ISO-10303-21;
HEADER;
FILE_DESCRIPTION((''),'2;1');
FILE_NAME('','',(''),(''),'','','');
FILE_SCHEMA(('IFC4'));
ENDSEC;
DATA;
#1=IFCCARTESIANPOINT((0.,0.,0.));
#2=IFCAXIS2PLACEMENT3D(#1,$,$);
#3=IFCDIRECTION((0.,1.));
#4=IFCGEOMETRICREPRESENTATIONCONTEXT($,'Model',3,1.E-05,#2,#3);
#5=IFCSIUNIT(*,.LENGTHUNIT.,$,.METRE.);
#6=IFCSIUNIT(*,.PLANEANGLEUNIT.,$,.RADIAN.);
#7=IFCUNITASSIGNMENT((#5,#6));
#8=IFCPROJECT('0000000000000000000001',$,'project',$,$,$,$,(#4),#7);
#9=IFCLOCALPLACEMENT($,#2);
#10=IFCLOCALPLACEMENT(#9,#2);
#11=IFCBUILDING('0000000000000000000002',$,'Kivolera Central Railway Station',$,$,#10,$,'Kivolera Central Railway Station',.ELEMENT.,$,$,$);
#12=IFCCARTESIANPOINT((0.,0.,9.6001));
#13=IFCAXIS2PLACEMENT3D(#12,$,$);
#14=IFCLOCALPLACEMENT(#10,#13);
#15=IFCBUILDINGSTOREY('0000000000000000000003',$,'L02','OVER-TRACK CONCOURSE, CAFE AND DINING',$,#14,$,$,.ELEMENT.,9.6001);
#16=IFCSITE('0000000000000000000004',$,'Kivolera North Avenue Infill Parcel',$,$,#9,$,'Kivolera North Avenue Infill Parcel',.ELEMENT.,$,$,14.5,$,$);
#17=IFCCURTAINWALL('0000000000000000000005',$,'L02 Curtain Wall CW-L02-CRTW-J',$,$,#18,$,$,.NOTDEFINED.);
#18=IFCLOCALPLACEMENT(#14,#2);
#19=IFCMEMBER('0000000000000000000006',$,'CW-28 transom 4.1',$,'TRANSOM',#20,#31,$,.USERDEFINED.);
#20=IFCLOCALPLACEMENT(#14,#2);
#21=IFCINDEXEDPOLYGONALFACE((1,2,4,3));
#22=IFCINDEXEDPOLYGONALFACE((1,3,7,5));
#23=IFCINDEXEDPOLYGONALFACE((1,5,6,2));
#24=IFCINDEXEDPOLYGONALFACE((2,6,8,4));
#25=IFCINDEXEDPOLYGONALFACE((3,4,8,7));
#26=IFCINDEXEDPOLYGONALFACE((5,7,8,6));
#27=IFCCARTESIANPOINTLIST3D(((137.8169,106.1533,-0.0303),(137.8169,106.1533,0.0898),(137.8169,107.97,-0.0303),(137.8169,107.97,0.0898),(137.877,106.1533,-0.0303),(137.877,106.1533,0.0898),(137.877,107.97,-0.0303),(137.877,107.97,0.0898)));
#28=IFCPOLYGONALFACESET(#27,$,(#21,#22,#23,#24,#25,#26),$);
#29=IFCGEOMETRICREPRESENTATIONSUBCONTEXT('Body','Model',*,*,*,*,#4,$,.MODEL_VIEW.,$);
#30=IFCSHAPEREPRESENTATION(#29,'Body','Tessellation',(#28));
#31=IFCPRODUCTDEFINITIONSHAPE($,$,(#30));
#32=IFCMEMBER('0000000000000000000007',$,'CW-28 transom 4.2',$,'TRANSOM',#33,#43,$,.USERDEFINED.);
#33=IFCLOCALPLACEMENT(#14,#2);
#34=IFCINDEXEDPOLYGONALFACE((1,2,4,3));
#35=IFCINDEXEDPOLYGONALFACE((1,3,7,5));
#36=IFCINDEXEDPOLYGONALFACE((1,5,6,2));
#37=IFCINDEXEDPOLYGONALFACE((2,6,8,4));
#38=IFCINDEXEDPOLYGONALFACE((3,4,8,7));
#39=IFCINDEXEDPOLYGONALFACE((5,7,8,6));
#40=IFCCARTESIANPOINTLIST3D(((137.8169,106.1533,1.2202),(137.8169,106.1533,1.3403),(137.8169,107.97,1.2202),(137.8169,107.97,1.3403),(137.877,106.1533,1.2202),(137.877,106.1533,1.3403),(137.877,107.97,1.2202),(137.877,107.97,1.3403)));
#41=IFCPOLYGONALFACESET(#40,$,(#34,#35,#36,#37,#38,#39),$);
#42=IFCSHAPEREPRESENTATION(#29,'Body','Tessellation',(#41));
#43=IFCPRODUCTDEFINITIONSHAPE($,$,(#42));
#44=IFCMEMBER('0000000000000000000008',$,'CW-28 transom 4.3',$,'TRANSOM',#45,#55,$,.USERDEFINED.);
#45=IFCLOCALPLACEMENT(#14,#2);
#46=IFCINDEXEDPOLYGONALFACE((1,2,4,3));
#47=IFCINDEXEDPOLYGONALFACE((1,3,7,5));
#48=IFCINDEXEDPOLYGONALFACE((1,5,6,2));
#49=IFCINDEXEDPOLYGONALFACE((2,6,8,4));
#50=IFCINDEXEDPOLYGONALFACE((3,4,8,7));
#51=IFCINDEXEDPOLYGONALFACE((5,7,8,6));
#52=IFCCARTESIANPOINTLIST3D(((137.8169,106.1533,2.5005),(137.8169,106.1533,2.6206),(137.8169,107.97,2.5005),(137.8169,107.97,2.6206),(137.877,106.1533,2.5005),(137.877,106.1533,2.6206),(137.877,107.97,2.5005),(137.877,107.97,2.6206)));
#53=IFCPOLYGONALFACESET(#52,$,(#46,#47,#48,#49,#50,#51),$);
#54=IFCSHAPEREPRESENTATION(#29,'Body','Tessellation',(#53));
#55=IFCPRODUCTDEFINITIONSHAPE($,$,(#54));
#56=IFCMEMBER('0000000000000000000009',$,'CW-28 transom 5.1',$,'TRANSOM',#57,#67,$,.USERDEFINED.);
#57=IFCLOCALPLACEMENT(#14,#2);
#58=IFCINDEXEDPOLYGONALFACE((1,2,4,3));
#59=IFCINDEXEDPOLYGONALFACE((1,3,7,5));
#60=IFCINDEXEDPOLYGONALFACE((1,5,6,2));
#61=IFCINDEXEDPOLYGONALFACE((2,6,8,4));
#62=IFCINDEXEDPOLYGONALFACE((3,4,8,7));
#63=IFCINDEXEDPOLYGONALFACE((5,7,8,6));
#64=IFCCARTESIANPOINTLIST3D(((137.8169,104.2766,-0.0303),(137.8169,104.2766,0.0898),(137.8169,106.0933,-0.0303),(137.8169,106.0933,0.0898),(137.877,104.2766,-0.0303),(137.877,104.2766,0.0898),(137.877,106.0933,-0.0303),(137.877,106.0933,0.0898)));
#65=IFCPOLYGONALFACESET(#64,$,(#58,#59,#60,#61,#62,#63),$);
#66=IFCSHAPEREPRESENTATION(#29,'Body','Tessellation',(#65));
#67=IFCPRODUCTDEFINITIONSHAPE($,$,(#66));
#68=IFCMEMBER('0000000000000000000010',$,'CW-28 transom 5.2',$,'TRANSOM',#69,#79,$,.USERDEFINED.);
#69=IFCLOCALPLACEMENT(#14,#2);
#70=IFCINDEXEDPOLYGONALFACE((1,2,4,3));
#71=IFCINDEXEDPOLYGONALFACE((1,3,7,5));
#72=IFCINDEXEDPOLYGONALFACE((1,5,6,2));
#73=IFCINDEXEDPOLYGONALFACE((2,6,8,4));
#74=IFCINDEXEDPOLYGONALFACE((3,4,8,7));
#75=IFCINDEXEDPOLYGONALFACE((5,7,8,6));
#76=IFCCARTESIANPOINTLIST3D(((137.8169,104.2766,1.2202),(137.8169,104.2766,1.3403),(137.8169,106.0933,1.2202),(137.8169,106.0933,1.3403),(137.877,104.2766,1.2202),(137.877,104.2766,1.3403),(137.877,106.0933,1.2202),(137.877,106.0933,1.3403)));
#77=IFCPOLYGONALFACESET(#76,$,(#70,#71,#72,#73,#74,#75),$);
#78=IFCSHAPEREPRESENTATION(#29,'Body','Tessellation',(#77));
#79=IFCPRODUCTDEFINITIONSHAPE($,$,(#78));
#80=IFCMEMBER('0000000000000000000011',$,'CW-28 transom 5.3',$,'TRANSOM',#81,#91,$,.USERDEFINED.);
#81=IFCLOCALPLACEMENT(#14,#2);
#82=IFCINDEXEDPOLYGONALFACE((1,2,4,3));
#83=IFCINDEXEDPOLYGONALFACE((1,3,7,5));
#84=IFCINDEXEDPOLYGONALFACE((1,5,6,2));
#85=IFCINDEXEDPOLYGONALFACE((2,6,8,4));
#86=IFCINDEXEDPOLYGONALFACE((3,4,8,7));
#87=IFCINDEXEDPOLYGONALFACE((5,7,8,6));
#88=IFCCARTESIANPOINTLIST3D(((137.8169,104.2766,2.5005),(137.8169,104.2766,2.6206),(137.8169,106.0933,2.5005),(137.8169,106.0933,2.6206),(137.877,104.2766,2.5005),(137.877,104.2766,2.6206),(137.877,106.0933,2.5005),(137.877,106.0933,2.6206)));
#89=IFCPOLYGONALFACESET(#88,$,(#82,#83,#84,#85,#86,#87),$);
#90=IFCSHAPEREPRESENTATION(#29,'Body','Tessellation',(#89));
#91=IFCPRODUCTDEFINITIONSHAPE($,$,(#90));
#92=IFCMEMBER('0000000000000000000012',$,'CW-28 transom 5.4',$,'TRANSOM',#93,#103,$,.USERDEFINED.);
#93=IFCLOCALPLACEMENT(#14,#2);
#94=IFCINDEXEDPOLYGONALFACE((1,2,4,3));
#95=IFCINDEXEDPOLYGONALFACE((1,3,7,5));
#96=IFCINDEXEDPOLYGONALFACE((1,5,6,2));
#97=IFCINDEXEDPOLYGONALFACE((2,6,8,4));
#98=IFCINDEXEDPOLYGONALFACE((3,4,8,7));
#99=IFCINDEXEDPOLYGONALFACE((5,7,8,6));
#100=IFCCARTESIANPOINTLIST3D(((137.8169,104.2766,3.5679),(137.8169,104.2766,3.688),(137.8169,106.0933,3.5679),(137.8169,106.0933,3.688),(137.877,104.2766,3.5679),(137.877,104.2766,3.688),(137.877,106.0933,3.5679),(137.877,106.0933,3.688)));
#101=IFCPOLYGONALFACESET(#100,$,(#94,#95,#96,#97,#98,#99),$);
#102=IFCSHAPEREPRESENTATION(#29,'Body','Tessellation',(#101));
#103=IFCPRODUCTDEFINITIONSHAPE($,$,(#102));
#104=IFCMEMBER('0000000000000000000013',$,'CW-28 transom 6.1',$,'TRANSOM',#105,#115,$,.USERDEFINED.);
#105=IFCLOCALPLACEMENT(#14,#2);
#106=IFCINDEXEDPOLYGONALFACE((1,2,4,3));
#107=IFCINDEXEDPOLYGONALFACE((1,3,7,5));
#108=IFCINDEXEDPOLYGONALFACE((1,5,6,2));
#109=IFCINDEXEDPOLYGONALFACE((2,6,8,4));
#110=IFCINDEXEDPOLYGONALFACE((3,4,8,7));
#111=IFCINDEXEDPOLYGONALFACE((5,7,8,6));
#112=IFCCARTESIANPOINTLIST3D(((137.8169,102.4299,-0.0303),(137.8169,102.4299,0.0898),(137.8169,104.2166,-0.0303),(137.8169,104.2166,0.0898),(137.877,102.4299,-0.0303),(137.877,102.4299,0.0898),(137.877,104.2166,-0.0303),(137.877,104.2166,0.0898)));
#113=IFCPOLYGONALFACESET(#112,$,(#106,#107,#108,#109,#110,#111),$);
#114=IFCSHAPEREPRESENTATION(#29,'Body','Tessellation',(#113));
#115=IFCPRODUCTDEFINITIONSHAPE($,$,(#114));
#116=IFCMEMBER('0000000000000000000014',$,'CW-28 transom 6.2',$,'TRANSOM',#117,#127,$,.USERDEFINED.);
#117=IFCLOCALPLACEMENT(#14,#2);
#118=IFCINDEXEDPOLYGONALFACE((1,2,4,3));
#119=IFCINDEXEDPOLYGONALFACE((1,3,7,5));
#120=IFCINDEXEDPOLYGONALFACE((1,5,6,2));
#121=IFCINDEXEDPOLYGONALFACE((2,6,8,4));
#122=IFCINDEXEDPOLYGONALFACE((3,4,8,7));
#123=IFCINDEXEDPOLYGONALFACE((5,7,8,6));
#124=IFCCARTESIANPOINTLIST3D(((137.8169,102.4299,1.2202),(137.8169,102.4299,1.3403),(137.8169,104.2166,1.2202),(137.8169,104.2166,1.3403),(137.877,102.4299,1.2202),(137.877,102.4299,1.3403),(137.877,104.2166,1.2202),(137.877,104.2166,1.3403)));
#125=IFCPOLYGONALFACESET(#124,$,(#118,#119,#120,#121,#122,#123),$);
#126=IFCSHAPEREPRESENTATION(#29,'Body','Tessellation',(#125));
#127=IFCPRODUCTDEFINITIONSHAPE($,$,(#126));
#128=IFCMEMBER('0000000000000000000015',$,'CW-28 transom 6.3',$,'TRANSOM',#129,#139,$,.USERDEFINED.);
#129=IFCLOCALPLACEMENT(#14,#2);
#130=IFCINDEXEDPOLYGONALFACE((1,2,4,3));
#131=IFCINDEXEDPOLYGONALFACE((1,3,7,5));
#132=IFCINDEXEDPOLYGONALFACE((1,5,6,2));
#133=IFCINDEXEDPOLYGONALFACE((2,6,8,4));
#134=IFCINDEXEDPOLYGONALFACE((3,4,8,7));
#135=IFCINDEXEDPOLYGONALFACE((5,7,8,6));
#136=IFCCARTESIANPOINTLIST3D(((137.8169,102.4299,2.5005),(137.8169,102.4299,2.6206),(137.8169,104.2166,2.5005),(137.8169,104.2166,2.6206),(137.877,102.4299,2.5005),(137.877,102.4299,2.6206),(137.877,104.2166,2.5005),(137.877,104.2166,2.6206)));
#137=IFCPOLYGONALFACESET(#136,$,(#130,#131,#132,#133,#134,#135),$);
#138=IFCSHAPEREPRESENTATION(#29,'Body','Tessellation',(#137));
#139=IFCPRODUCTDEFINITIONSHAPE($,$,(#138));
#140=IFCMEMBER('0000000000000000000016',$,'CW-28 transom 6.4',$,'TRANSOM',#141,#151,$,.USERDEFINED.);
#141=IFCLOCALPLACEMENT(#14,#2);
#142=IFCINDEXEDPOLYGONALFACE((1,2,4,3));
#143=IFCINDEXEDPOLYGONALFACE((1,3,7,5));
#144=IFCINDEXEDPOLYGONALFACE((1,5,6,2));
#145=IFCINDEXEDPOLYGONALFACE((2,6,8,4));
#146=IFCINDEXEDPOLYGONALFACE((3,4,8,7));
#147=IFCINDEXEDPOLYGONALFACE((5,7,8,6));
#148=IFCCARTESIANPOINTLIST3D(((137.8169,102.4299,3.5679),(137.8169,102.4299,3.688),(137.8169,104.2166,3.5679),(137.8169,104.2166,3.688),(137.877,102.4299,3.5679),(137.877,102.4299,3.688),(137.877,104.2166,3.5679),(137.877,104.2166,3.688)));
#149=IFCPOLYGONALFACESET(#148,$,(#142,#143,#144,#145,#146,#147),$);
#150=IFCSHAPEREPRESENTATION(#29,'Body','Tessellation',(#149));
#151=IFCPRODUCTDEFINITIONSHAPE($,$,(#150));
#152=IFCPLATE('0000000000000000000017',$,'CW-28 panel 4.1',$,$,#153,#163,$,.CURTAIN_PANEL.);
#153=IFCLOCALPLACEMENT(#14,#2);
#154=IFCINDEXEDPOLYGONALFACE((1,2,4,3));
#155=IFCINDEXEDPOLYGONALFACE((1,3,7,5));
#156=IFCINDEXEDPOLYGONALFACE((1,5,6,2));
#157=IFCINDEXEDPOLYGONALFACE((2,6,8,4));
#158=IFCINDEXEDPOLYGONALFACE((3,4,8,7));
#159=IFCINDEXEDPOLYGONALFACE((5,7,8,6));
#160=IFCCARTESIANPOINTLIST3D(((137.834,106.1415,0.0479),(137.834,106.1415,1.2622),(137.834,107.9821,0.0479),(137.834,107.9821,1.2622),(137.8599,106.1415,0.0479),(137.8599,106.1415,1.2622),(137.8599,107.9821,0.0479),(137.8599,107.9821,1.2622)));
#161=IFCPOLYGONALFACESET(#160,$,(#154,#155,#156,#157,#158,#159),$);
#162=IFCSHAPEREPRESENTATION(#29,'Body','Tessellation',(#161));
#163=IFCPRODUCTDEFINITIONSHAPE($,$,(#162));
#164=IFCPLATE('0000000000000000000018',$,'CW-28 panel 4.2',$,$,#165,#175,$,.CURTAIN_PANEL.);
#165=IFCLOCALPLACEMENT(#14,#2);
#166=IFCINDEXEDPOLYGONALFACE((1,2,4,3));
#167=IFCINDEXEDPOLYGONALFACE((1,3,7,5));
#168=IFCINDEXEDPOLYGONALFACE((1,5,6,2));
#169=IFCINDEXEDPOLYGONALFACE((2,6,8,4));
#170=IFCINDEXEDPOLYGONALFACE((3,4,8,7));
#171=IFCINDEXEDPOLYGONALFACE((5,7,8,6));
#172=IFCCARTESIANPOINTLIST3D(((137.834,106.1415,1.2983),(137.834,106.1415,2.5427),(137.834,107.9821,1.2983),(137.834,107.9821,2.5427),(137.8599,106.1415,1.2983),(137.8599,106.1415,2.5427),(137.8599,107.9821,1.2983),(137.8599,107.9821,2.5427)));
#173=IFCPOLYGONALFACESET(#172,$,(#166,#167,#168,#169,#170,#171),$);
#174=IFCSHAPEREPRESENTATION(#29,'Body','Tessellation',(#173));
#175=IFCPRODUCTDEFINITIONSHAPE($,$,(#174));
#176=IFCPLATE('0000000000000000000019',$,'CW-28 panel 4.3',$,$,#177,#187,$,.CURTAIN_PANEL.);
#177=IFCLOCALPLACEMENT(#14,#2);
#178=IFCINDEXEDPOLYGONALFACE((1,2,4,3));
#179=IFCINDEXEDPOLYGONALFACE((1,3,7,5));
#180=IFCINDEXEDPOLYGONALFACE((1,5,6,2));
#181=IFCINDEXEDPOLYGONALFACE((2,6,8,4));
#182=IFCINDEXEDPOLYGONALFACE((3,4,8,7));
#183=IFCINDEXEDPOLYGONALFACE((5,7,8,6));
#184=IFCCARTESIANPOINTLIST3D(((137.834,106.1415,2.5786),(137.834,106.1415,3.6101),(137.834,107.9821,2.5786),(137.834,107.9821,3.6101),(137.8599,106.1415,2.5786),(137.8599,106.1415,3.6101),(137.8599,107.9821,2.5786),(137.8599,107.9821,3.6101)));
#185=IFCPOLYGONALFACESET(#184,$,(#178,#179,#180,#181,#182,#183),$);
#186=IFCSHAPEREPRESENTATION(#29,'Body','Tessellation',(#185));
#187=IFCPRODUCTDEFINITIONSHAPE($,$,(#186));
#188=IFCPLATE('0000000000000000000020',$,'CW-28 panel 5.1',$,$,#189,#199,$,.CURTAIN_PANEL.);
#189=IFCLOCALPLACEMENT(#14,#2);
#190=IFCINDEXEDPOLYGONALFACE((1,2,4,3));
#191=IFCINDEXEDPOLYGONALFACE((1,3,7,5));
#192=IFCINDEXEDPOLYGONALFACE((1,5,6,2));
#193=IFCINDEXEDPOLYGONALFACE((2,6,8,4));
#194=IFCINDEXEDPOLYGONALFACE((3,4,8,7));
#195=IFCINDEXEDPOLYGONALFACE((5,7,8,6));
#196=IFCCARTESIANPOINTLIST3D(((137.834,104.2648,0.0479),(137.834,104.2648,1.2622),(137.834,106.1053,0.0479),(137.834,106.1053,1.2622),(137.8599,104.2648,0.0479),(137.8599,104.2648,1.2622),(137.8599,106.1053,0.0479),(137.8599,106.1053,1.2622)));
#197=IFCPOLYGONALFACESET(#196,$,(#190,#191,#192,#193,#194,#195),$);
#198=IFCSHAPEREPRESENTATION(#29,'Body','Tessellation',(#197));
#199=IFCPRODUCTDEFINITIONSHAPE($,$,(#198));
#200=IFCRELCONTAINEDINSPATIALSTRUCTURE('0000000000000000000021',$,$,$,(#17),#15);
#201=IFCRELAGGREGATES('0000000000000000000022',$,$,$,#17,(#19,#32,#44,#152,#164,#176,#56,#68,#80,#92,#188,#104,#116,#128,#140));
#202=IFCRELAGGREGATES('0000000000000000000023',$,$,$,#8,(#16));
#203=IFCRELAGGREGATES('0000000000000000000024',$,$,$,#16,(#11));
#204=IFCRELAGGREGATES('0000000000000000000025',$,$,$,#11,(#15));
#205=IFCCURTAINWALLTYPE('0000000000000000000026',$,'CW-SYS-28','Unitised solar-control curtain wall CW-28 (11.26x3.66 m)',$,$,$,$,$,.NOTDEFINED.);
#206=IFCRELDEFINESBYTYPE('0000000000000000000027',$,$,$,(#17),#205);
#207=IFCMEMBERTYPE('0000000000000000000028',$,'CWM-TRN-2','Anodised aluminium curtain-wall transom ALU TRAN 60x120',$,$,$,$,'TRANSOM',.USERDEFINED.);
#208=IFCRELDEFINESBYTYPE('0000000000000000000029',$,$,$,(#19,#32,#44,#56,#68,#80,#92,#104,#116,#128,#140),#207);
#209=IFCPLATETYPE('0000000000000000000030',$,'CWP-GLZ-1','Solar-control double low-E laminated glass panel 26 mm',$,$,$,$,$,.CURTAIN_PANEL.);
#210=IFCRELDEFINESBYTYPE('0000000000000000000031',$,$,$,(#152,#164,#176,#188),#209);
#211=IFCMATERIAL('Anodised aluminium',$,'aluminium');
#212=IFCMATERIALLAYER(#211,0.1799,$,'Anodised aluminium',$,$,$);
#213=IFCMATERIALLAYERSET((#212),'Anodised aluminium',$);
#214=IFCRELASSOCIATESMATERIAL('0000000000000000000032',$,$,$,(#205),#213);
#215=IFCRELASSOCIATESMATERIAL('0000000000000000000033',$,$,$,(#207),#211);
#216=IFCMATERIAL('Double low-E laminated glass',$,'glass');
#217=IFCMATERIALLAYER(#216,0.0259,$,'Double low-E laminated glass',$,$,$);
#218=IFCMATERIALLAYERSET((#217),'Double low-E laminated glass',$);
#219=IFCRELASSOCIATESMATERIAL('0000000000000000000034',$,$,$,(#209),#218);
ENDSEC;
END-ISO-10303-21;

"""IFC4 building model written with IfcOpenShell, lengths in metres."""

from ifc_helpers import new_model, si_unit, direction, frame, origin, origin_2d, place, context, subcontext, project, spatial, rectangle, extrude, material, layer, layer_set, material_profile, profile_set, type_object, element, aggregate, save


model = new_model("IFC4")

# Units and contexts
model_context = context("Model", 3, precision=1e-05, world=origin(), true_north=direction((0.0, 1.0)))
body_context = subcontext(model_context, "Body", "Model", "MODEL_VIEW")
ifc_project = project(units=[si_unit("LENGTHUNIT", "METRE"), si_unit("PLANEANGLEUNIT", "RADIAN")], contexts=[model_context])

# Site, building, storey
site_placement = place(None, origin())
site = spatial("IfcSite", under=ifc_project, at=site_placement, Name="Kivolera North Avenue Infill Parcel", LongName="Kivolera North Avenue Infill Parcel", CompositionType="ELEMENT", RefElevation=14.5)
building_placement = place(site_placement, origin())
building = spatial("IfcBuilding", under=site, at=building_placement, Name="Kivolera Central Railway Station", LongName="Kivolera Central Railway Station", CompositionType="ELEMENT")
storey_placement = place(building_placement, frame((0.0, 0.0, 9.6001)))
storey = spatial("IfcBuildingStorey", under=building, at=storey_placement, Name="L02", Description="OVER-TRACK CONCOURSE, CAFE AND DINING", CompositionType="ELEMENT", Elevation=9.6001)

# Shared definitions
ifc_material_1 = material(Name="Anodised aluminium", Category="aluminium")
ifc_layer_1 = layer(ifc_material_1, 0.1799, Name="Anodised aluminium")
ifc_layer_set_1 = layer_set([ifc_layer_1], Name="Anodised aluminium")
curtain_wall_type = type_object("IfcCurtainWallType", Name="CW-SYS-28", Description="Unitised solar-control curtain wall CW-28 (11.26x3.66 m)", PredefinedType="NOTDEFINED", material=ifc_layer_set_1)

# Curtain wall
curtain_wall_1_placement = place(storey_placement, origin())
curtain_wall_1 = element("IfcCurtainWall", 1, at=curtain_wall_1_placement, inside=storey, type_object=curtain_wall_type, Name="L02 Curtain Wall CW-L02-CRTW-J", PredefinedType="NOTDEFINED")

# Members
ifc_material_profile_1 = material_profile(ifc_material_1, rectangle(XDim=0.0601, YDim=0.1201, at=origin_2d()), Name="ALU TRAN 60x120")
ifc_profile_set_1 = profile_set([ifc_material_profile_1], Name="Anodised aluminium")
member_type_1 = type_object("IfcMemberType", Name="CWM-TRN-2", Description="Anodised aluminium curtain-wall transom ALU TRAN 60x120", ElementType="TRANSOM", PredefinedType="USERDEFINED", material=ifc_profile_set_1)
member_1_placement = place(storey_placement, frame((137.8469, 107.97, 0.0298), z_axis=(0.0, -1.0, 0.0), x_axis=(1.0, 0.0, 0.0)))
member_1 = element("IfcMember", 2, at=member_1_placement, type_object=member_type_1, Name="CW-28 transom 4.1", ObjectType="TRANSOM", PredefinedType="USERDEFINED", context=body_context, shape_type="SweptSolid", body=[
    extrude(rectangle(XDim=0.0601, YDim=0.1201, at=origin_2d()), origin(), (0.0, 0.0, 1.0), 1.8167),
])
member_2_placement = place(storey_placement, frame((137.8469, 107.97, 1.2803), z_axis=(0.0, -1.0, 0.0), x_axis=(1.0, 0.0, 0.0)))
member_2 = element("IfcMember", 3, at=member_2_placement, type_object=member_type_1, Name="CW-28 transom 4.2", ObjectType="TRANSOM", PredefinedType="USERDEFINED", context=body_context, shape_type="SweptSolid", body=[
    extrude(rectangle(XDim=0.0601, YDim=0.1201, at=origin_2d()), origin(), (0.0, 0.0, 1.0), 1.8167),
])
member_3_placement = place(storey_placement, frame((137.8469, 107.97, 2.5605), z_axis=(0.0, -1.0, 0.0), x_axis=(1.0, 0.0, 0.0)))
member_3 = element("IfcMember", 4, at=member_3_placement, type_object=member_type_1, Name="CW-28 transom 4.3", ObjectType="TRANSOM", PredefinedType="USERDEFINED", context=body_context, shape_type="SweptSolid", body=[
    extrude(rectangle(XDim=0.0601, YDim=0.1201, at=origin_2d()), origin(), (0.0, 0.0, 1.0), 1.8167),
])
member_4_placement = place(storey_placement, frame((137.8469, 106.0933, 0.0298), z_axis=(0.0, -1.0, 0.0), x_axis=(1.0, 0.0, 0.0)))
member_4 = element("IfcMember", 5, at=member_4_placement, type_object=member_type_1, Name="CW-28 transom 5.1", ObjectType="TRANSOM", PredefinedType="USERDEFINED", context=body_context, shape_type="SweptSolid", body=[
    extrude(rectangle(XDim=0.0601, YDim=0.1201, at=origin_2d()), origin(), (0.0, 0.0, 1.0), 1.8167),
])
member_5_placement = place(storey_placement, frame((137.8469, 106.0933, 1.2803), z_axis=(0.0, -1.0, 0.0), x_axis=(1.0, 0.0, 0.0)))
member_5 = element("IfcMember", 6, at=member_5_placement, type_object=member_type_1, Name="CW-28 transom 5.2", ObjectType="TRANSOM", PredefinedType="USERDEFINED", context=body_context, shape_type="SweptSolid", body=[
    extrude(rectangle(XDim=0.0601, YDim=0.1201, at=origin_2d()), origin(), (0.0, 0.0, 1.0), 1.8167),
])
member_6_placement = place(storey_placement, frame((137.8469, 106.0933, 2.5605), z_axis=(0.0, -1.0, 0.0), x_axis=(1.0, 0.0, 0.0)))
member_6 = element("IfcMember", 7, at=member_6_placement, type_object=member_type_1, Name="CW-28 transom 5.3", ObjectType="TRANSOM", PredefinedType="USERDEFINED", context=body_context, shape_type="SweptSolid", body=[
    extrude(rectangle(XDim=0.0601, YDim=0.1201, at=origin_2d()), origin(), (0.0, 0.0, 1.0), 1.8167),
])
member_7_placement = place(storey_placement, frame((137.8469, 106.0933, 3.6279), z_axis=(0.0, -1.0, 0.0), x_axis=(1.0, 0.0, 0.0)))
member_7 = element("IfcMember", 8, at=member_7_placement, type_object=member_type_1, Name="CW-28 transom 5.4", ObjectType="TRANSOM", PredefinedType="USERDEFINED", context=body_context, shape_type="SweptSolid", body=[
    extrude(rectangle(XDim=0.0601, YDim=0.1201, at=origin_2d()), origin(), (0.0, 0.0, 1.0), 1.8167),
])
member_8_placement = place(storey_placement, frame((137.8469, 104.2166, 0.0298), z_axis=(0.0, -1.0, 0.0), x_axis=(1.0, 0.0, 0.0)))
member_8 = element("IfcMember", 9, at=member_8_placement, type_object=member_type_1, Name="CW-28 transom 6.1", ObjectType="TRANSOM", PredefinedType="USERDEFINED", context=body_context, shape_type="SweptSolid", body=[
    extrude(rectangle(XDim=0.0601, YDim=0.1201, at=origin_2d()), origin(), (0.0, 0.0, 1.0), 1.7866),
])
member_9_placement = place(storey_placement, frame((137.8469, 104.2166, 1.2803), z_axis=(0.0, -1.0, 0.0), x_axis=(1.0, 0.0, 0.0)))
member_9 = element("IfcMember", 10, at=member_9_placement, type_object=member_type_1, Name="CW-28 transom 6.2", ObjectType="TRANSOM", PredefinedType="USERDEFINED", context=body_context, shape_type="SweptSolid", body=[
    extrude(rectangle(XDim=0.0601, YDim=0.1201, at=origin_2d()), origin(), (0.0, 0.0, 1.0), 1.7866),
])
member_10_placement = place(storey_placement, frame((137.8469, 104.2166, 2.5605), z_axis=(0.0, -1.0, 0.0), x_axis=(1.0, 0.0, 0.0)))
member_10 = element("IfcMember", 11, at=member_10_placement, type_object=member_type_1, Name="CW-28 transom 6.3", ObjectType="TRANSOM", PredefinedType="USERDEFINED", context=body_context, shape_type="SweptSolid", body=[
    extrude(rectangle(XDim=0.0601, YDim=0.1201, at=origin_2d()), origin(), (0.0, 0.0, 1.0), 1.7866),
])
member_11_placement = place(storey_placement, frame((137.8469, 104.2166, 3.6279), z_axis=(0.0, -1.0, 0.0), x_axis=(1.0, 0.0, 0.0)))
member_11 = element("IfcMember", 12, at=member_11_placement, type_object=member_type_1, Name="CW-28 transom 6.4", ObjectType="TRANSOM", PredefinedType="USERDEFINED", context=body_context, shape_type="SweptSolid", body=[
    extrude(rectangle(XDim=0.0601, YDim=0.1201, at=origin_2d()), origin(), (0.0, 0.0, 1.0), 1.7866),
])

# Plates
ifc_material_2 = material(Name="Double low-E laminated glass", Category="glass")
ifc_layer_2 = layer(ifc_material_2, 0.0259, Name="Double low-E laminated glass")
ifc_layer_set_2 = layer_set([ifc_layer_2], Name="Double low-E laminated glass")
plate_type = type_object("IfcPlateType", Name="CWP-GLZ-1", Description="Solar-control double low-E laminated glass panel 26 mm", PredefinedType="CURTAIN_PANEL", material=ifc_layer_set_2)
plate_1_placement = place(storey_placement, frame((137.8469, 107.0618, 0.0479), z_axis=(0.0, 0.0, 1.0), x_axis=(0.0, -1.0, 0.0)))
plate_1 = element("IfcPlate", 13, at=plate_1_placement, type_object=plate_type, Name="CW-28 panel 4.1", PredefinedType="CURTAIN_PANEL", context=body_context, shape_type="SweptSolid", body=[
    extrude(rectangle(XDim=1.8406, YDim=0.0259, at=origin_2d()), origin(), (0.0, 0.0, 1.0), 1.2144),
])
plate_2_placement = place(storey_placement, frame((137.8469, 107.0618, 1.2983), z_axis=(0.0, 0.0, 1.0), x_axis=(0.0, -1.0, 0.0)))
plate_2 = element("IfcPlate", 14, at=plate_2_placement, type_object=plate_type, Name="CW-28 panel 4.2", PredefinedType="CURTAIN_PANEL", context=body_context, shape_type="SweptSolid", body=[
    extrude(rectangle(XDim=1.8406, YDim=0.0259, at=origin_2d()), origin(), (0.0, 0.0, 1.0), 1.2444),
])
plate_3_placement = place(storey_placement, frame((137.8469, 107.0618, 2.5786), z_axis=(0.0, 0.0, 1.0), x_axis=(0.0, -1.0, 0.0)))
plate_3 = element("IfcPlate", 15, at=plate_3_placement, type_object=plate_type, Name="CW-28 panel 4.3", PredefinedType="CURTAIN_PANEL", context=body_context, shape_type="SweptSolid", body=[
    extrude(rectangle(XDim=1.8406, YDim=0.0259, at=origin_2d()), origin(), (0.0, 0.0, 1.0), 1.0315),
])
plate_4_placement = place(storey_placement, frame((137.8469, 105.1851, 0.0479), z_axis=(0.0, 0.0, 1.0), x_axis=(0.0, -1.0, 0.0)))
plate_4 = element("IfcPlate", 16, at=plate_4_placement, type_object=plate_type, Name="CW-28 panel 5.1", PredefinedType="CURTAIN_PANEL", context=body_context, shape_type="SweptSolid", body=[
    extrude(rectangle(XDim=1.8406, YDim=0.0259, at=origin_2d()), origin(), (0.0, 0.0, 1.0), 1.2144),
])
aggregate(curtain_wall_1, [member_1, member_2, member_3, plate_1, plate_2, plate_3, member_4, member_5, member_6, member_7, plate_4, member_8, member_9, member_10, member_11])

save(model, "model.ifc")
